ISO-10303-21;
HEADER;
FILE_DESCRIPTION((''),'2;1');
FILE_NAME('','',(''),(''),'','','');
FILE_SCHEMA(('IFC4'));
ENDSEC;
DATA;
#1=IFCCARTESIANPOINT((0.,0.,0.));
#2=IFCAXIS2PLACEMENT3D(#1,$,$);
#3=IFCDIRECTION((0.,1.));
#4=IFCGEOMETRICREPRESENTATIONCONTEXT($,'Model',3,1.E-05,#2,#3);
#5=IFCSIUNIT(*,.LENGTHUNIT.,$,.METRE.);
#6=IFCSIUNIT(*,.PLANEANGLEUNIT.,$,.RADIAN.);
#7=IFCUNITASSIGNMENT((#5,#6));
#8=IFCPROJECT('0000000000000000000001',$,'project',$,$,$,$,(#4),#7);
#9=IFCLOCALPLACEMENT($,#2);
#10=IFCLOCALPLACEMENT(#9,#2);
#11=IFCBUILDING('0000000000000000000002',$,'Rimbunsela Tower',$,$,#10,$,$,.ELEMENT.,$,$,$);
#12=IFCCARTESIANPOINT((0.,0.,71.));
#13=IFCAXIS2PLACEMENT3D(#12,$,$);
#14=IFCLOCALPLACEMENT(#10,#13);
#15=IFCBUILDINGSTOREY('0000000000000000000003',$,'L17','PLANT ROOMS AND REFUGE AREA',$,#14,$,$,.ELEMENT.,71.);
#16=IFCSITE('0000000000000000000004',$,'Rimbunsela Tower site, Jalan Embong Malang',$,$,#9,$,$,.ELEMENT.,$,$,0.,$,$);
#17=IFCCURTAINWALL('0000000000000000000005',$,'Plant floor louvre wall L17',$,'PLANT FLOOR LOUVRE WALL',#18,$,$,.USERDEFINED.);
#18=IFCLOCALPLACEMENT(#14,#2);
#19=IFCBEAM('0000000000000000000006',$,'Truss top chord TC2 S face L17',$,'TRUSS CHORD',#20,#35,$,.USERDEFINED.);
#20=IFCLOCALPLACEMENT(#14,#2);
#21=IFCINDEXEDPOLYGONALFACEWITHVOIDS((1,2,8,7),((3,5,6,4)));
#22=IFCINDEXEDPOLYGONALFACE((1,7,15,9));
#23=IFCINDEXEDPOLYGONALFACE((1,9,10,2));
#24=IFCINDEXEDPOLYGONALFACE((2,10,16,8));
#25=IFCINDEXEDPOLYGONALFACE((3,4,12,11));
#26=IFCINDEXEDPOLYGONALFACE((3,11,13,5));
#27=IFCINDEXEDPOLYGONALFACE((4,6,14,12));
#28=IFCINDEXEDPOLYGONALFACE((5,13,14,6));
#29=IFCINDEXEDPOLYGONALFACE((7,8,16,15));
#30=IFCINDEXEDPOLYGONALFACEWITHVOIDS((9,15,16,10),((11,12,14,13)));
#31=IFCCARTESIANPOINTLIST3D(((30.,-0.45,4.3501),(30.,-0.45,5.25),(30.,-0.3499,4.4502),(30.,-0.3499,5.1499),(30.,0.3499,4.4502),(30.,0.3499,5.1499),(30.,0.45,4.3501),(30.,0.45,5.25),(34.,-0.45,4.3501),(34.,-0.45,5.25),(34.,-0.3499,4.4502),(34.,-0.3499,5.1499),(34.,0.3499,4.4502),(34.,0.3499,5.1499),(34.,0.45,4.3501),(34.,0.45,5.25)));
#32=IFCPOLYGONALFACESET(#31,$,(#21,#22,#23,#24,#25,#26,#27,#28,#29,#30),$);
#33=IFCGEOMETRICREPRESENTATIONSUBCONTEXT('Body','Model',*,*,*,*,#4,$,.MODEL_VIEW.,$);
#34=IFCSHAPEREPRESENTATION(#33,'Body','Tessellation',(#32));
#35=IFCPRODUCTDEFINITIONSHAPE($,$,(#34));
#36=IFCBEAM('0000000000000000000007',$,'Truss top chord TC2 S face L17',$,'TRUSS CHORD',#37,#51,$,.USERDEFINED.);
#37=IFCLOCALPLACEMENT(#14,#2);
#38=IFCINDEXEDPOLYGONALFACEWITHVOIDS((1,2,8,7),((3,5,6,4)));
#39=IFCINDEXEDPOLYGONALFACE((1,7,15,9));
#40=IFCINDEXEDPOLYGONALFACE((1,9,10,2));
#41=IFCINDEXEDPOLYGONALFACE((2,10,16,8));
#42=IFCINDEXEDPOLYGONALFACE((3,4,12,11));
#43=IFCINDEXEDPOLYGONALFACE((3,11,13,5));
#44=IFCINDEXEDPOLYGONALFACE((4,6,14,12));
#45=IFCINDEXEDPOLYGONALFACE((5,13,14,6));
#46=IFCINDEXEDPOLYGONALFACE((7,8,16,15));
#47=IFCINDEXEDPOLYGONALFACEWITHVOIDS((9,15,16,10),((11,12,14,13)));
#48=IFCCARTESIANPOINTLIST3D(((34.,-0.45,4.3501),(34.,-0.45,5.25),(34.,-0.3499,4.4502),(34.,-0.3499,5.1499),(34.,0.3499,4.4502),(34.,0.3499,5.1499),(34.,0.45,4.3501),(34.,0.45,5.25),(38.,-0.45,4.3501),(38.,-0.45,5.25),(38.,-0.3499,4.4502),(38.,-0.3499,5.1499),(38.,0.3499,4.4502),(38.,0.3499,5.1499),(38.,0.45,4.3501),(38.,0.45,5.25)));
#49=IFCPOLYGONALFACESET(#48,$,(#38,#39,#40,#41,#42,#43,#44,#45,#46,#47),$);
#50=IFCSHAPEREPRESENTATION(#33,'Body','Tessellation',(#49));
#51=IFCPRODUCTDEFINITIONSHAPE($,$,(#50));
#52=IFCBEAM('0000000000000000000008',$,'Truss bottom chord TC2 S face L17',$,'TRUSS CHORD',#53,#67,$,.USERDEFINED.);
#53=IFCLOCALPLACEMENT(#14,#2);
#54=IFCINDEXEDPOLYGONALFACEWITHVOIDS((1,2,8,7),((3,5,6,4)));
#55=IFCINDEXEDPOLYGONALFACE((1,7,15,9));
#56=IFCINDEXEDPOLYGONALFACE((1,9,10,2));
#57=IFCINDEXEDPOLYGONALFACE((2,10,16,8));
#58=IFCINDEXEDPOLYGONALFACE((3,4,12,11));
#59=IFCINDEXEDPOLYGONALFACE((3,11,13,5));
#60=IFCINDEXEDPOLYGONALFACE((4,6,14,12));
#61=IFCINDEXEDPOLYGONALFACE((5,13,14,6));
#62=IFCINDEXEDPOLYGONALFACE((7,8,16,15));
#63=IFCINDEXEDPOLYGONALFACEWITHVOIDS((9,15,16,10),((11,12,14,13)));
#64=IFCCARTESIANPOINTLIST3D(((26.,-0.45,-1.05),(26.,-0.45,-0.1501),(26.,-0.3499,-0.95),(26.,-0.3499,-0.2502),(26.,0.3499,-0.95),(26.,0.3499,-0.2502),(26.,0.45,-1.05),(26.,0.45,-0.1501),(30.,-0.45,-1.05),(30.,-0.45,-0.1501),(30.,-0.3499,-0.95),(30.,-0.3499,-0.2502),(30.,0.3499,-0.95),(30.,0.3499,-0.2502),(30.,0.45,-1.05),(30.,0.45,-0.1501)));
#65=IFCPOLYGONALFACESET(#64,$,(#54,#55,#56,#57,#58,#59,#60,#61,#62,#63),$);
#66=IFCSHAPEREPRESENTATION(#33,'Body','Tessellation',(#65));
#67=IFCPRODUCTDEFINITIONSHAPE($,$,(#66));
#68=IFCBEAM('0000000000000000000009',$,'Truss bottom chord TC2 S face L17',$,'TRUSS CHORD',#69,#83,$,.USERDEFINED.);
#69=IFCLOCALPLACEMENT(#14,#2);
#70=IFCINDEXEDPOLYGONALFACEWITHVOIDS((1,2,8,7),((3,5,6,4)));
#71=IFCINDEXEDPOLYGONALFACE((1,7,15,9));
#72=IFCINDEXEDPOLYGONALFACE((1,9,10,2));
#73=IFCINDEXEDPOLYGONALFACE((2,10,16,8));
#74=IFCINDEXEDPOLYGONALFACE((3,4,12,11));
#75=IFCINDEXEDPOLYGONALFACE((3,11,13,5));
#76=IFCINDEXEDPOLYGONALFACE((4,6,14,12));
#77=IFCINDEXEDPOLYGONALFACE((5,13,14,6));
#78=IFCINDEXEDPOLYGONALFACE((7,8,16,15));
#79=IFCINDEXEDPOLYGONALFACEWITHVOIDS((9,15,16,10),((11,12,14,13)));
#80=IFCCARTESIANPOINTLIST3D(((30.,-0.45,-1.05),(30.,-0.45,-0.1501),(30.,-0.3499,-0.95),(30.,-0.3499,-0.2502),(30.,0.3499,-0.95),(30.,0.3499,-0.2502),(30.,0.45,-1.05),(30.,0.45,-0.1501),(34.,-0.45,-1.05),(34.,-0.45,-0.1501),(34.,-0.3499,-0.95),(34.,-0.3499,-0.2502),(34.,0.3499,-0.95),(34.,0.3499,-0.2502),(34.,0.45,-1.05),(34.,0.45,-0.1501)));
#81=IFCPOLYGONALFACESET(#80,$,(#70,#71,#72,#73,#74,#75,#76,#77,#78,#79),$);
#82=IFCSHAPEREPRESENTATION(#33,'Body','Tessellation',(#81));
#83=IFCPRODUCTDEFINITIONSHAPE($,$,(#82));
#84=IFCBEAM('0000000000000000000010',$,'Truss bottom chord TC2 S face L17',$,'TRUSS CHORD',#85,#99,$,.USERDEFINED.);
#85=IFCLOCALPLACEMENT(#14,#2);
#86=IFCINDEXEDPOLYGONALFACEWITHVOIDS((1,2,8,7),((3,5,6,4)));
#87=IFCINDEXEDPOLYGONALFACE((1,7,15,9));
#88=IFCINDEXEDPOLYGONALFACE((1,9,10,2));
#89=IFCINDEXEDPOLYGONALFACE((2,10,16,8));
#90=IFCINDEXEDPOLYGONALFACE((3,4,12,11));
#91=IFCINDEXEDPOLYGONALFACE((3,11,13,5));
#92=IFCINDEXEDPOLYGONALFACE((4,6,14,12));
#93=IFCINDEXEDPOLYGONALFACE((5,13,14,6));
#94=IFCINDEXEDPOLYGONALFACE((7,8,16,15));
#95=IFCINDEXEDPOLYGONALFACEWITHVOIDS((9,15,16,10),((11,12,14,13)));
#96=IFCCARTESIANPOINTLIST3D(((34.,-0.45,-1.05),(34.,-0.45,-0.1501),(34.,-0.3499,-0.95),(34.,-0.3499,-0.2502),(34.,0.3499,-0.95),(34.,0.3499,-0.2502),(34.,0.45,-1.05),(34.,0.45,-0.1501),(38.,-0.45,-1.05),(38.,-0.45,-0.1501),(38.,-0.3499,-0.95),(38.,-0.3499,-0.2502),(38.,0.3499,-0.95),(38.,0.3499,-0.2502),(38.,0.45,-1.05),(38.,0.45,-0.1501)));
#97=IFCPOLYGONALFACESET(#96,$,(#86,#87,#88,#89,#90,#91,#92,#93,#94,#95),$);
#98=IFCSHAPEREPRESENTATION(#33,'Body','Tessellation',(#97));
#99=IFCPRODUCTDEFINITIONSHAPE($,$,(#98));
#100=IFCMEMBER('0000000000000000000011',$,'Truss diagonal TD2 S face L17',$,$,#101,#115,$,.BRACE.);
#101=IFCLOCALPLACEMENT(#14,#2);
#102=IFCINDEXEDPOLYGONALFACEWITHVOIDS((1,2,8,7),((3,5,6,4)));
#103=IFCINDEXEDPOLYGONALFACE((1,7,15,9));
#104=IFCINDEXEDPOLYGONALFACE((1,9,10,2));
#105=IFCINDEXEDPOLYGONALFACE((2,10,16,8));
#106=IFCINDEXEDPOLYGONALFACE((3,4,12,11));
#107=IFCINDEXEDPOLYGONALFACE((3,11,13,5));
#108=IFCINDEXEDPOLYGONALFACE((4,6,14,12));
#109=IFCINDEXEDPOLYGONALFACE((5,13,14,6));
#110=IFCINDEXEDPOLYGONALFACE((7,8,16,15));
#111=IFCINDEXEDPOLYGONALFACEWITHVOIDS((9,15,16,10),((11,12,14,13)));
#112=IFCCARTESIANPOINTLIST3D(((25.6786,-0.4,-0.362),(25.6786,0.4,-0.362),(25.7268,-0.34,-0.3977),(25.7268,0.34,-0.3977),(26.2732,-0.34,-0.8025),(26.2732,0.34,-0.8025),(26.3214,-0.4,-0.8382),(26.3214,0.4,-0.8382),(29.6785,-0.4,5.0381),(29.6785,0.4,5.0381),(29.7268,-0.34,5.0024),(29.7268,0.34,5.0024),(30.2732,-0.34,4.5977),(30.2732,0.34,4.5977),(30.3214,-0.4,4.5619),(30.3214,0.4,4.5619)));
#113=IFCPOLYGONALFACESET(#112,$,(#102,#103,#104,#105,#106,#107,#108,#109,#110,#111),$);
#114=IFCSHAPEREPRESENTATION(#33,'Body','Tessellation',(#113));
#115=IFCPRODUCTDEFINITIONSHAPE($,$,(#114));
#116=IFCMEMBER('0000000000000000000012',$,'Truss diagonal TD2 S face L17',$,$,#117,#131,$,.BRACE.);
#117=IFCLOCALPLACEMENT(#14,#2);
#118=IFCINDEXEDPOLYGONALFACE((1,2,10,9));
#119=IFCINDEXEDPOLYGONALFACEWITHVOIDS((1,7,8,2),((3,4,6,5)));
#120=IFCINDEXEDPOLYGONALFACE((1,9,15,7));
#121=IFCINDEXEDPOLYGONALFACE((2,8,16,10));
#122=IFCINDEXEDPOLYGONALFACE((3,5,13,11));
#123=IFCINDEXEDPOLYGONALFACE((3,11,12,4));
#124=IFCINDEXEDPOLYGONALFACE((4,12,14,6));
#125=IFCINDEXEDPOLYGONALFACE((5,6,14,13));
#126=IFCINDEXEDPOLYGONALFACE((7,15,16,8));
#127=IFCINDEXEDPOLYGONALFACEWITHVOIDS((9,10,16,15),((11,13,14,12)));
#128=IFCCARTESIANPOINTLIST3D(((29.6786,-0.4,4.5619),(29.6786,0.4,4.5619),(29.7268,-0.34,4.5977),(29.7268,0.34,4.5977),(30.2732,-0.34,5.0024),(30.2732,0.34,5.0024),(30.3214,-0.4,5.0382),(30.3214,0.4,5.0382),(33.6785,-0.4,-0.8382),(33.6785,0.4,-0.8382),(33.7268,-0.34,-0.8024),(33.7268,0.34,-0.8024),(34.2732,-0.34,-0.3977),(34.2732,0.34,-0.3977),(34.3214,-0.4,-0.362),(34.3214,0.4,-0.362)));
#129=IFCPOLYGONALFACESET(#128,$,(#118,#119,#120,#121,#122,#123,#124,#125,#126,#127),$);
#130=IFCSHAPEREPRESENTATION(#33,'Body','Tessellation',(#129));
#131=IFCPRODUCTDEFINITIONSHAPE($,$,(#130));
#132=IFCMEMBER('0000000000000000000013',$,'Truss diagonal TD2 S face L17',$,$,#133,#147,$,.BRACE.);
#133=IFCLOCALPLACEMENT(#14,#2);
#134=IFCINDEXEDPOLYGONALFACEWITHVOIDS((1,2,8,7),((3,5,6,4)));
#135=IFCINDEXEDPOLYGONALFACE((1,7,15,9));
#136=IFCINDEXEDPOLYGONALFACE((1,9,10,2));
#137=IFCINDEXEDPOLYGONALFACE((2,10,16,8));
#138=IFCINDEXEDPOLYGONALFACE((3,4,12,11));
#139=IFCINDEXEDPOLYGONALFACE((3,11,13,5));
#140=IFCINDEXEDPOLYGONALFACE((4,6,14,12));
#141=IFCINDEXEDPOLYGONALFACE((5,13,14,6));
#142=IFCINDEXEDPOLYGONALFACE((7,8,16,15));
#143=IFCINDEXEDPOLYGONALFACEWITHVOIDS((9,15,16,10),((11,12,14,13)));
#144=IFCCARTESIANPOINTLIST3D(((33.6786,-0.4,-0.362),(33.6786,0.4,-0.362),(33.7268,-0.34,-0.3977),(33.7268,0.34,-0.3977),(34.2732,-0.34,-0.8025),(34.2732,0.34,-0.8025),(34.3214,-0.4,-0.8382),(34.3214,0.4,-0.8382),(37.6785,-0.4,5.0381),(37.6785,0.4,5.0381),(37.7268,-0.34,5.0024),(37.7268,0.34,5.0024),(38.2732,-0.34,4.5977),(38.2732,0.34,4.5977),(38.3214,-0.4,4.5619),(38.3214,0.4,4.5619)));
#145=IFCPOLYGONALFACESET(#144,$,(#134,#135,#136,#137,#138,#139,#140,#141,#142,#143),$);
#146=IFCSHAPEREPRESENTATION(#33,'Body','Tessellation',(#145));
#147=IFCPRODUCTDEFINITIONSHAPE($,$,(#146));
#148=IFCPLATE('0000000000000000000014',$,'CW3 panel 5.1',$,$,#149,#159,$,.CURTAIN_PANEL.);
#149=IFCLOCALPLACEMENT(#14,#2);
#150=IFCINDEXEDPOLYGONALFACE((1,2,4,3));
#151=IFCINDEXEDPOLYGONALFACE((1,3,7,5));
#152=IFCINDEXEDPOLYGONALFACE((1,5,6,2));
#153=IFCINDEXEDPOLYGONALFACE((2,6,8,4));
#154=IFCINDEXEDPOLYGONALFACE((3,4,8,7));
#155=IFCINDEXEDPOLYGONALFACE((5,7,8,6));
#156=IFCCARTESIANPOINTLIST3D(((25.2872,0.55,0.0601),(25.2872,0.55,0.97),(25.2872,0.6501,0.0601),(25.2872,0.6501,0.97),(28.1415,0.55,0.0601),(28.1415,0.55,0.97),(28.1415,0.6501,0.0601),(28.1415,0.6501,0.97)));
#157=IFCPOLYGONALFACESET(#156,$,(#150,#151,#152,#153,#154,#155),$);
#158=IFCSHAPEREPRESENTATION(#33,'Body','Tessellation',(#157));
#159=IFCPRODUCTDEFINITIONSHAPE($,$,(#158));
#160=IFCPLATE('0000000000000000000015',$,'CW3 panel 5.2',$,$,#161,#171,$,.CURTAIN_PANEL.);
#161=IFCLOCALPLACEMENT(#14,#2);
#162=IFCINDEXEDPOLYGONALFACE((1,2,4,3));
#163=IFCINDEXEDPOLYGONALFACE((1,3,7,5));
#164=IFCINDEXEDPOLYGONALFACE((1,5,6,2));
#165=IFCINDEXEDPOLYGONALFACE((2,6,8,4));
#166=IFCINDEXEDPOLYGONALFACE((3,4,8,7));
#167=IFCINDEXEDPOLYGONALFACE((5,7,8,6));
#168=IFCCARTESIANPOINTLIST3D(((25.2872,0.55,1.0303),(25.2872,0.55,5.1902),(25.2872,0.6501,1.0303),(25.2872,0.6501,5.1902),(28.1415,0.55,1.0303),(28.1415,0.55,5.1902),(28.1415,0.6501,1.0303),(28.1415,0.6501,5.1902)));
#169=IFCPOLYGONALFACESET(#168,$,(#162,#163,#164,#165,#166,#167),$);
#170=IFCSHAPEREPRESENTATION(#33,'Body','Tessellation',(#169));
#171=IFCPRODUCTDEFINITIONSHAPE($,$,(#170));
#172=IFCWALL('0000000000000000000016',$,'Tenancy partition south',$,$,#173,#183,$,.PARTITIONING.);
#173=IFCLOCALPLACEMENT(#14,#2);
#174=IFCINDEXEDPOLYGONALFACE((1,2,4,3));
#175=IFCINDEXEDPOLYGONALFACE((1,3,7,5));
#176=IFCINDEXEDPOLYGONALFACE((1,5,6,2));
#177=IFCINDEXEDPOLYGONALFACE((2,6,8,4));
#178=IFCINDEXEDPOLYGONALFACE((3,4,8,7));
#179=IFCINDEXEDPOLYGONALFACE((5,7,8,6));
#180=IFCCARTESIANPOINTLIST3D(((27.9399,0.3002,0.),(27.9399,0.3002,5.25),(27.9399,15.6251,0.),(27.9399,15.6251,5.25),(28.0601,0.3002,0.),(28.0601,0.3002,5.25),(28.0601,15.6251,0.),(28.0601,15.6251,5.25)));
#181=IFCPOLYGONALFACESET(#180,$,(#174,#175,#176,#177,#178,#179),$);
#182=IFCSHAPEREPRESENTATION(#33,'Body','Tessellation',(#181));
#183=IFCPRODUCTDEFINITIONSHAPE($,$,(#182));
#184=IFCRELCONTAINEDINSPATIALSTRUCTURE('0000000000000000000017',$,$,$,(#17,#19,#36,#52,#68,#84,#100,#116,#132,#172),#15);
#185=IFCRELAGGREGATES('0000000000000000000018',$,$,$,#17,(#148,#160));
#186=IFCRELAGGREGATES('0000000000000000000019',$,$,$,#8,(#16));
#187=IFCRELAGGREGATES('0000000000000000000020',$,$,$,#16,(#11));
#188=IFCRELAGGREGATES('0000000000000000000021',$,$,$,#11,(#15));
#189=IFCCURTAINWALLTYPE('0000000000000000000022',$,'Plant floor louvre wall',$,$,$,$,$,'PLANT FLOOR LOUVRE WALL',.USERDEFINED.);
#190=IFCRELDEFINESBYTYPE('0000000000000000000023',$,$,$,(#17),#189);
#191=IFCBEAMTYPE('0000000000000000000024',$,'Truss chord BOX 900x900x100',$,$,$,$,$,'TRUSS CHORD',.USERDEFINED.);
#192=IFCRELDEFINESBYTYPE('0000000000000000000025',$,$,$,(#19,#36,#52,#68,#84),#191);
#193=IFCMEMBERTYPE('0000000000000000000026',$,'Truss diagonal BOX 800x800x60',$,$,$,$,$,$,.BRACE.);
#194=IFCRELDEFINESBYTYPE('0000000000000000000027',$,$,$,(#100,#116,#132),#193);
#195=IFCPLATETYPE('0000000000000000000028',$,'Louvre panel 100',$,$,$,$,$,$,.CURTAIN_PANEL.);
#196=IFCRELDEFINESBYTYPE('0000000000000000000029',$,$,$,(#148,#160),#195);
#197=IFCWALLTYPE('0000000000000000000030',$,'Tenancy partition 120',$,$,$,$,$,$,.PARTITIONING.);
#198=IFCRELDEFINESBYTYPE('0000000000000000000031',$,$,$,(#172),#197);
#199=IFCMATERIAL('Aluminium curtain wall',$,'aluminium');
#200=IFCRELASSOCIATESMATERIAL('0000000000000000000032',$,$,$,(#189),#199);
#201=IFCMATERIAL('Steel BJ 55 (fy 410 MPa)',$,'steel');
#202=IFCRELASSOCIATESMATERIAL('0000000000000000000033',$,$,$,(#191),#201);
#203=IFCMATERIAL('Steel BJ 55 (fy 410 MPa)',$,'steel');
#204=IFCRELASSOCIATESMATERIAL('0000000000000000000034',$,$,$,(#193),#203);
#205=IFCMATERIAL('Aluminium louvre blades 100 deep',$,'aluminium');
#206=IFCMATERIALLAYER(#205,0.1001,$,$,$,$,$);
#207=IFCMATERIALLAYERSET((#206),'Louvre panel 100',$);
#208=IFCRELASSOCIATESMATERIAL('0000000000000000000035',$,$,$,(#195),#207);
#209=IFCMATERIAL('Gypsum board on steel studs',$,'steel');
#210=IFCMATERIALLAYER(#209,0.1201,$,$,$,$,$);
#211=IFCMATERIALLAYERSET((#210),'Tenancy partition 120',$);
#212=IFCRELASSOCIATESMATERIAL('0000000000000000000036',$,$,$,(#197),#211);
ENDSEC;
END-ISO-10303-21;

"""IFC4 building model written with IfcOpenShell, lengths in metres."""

from ifc_helpers import new_model, si_unit, direction, frame, frame_2d, origin, origin_2d, place, context, subcontext, project, spatial, rectangle, hollow_rectangle, extrude, material, layer, layer_set, material_profile, profile_set, type_object, element, aggregate, save


model = new_model("IFC4")

# Units and contexts
model_context = context("Model", 3, precision=1e-05, world=origin(), true_north=direction((0.0, 1.0)))
body_context = subcontext(model_context, "Body", "Model", "MODEL_VIEW")
ifc_project = project(units=[si_unit("LENGTHUNIT", "METRE"), si_unit("PLANEANGLEUNIT", "RADIAN")], contexts=[model_context])

# Site, building, storey
site_placement = place(None, origin())
site = spatial("IfcSite", under=ifc_project, at=site_placement, Name="Rimbunsela Tower site, Jalan Embong Malang", CompositionType="ELEMENT", RefElevation=0.0)
building_placement = place(site_placement, origin())
building = spatial("IfcBuilding", under=site, at=building_placement, Name="Rimbunsela Tower", CompositionType="ELEMENT")
storey_placement = place(building_placement, frame((0.0, 0.0, 71.0)))
storey = spatial("IfcBuildingStorey", under=building, at=storey_placement, Name="L17", Description="PLANT ROOMS AND REFUGE AREA", CompositionType="ELEMENT", Elevation=71.0)

# Curtain wall
ifc_material_1 = material(Name="Aluminium curtain wall", Category="aluminium")
curtain_wall_type = type_object("IfcCurtainWallType", Name="Plant floor louvre wall", ElementType="PLANT FLOOR LOUVRE WALL", PredefinedType="USERDEFINED", material=ifc_material_1)
curtain_wall_placement = place(storey_placement, origin())
curtain_wall = element("IfcCurtainWall", 1, at=curtain_wall_placement, inside=storey, type_object=curtain_wall_type, Name="Plant floor louvre wall L17", ObjectType="PLANT FLOOR LOUVRE WALL", PredefinedType="USERDEFINED")

# Beams
ifc_material_2 = material(Name="Steel BJ 55 (fy 410 MPa)", Category="steel")
ifc_material_profile_1 = material_profile(ifc_material_2, hollow_rectangle(XDim=0.8999, YDim=0.8999, WallThickness=0.1001, at=origin_2d()), Name="BOX 900x900x100")
ifc_profile_set_1 = profile_set([ifc_material_profile_1], Name="Steel BJ 55 (fy 410 MPa)")
beam_type_1 = type_object("IfcBeamType", Name="Truss chord BOX 900x900x100", ElementType="TRUSS CHORD", PredefinedType="USERDEFINED", material=ifc_profile_set_1)
for number, where, z_axis, x_axis, name in (
    (2, (30.0, 0.0, 4.8), (1.0, 0.0, 0.0), (0.0, 1.0, 0.0), "Truss top chord TC2 S face L17"),
    (3, (34.0, 0.0, 4.8), (1.0, 0.0, 0.0), (0.0, 1.0, 0.0), "Truss top chord TC2 S face L17"),
    (4, (26.0, 0.0, -0.6001), (1.0, 0.0, 0.0), (0.0, 1.0, 0.0), "Truss bottom chord TC2 S face L17"),
    (5, (30.0, 0.0, -0.6001), (1.0, 0.0, 0.0), (0.0, 1.0, 0.0), "Truss bottom chord TC2 S face L17"),
    (6, (34.0, 0.0, -0.6001), (1.0, 0.0, 0.0), (0.0, 1.0, 0.0), "Truss bottom chord TC2 S face L17"),
):
    element("IfcBeam", number, at=place(storey_placement, frame(where, z_axis=z_axis, x_axis=x_axis)), inside=storey, type_object=beam_type_1, Name=name, ObjectType="TRUSS CHORD", PredefinedType="USERDEFINED", context=body_context, shape_type="SweptSolid", body=[
        extrude(hollow_rectangle(XDim=0.8999, YDim=0.8999, WallThickness=0.1001, at=origin_2d()), origin(), (0.0, 0.0, 1.0), 4.0),
    ])

# Members
ifc_material_3 = material(Name="Steel BJ 55 (fy 410 MPa)", Category="steel")
ifc_material_profile_2 = material_profile(ifc_material_3, hollow_rectangle(XDim=0.8, YDim=0.8, WallThickness=0.0601, at=origin_2d()), Name="BOX 800x800x60")
ifc_profile_set_2 = profile_set([ifc_material_profile_2], Name="Steel BJ 55 (fy 410 MPa)")
member_type_1 = type_object("IfcMemberType", Name="Truss diagonal BOX 800x800x60", PredefinedType="BRACE", material=ifc_profile_set_2)
for number, where, z_axis, x_axis, name in (
    (7, (26.0, 0.0, -0.6001), (0.595217, 0.0, 0.803565), (0.0, 1.0, 0.0), "Truss diagonal TD2 S face L17"),
    (8, (30.0, 0.0, 4.8), (0.595217, 0.0, -0.803565), (0.0, 1.0, 0.0), "Truss diagonal TD2 S face L17"),
    (9, (34.0, 0.0, -0.6001), (0.595217, 0.0, 0.803565), (0.0, 1.0, 0.0), "Truss diagonal TD2 S face L17"),
):
    element("IfcMember", number, at=place(storey_placement, frame(where, z_axis=z_axis, x_axis=x_axis)), inside=storey, type_object=member_type_1, Name=name, PredefinedType="BRACE", context=body_context, shape_type="SweptSolid", body=[
        extrude(hollow_rectangle(XDim=0.8, YDim=0.8, WallThickness=0.0601, at=origin_2d()), origin(), (0.0, 0.0, 1.0), 6.7202),
    ])

# Plates
ifc_material_4 = material(Name="Aluminium louvre blades 100 deep", Category="aluminium")
ifc_layer_1 = layer(ifc_material_4, 0.1001)
ifc_layer_set_1 = layer_set([ifc_layer_1], Name="Louvre panel 100")
plate_type = type_object("IfcPlateType", Name="Louvre panel 100", PredefinedType="CURTAIN_PANEL", material=ifc_layer_set_1)
plate_1_placement = place(storey_placement, frame((26.7144, 0.6001, 0.0601), z_axis=(0.0, 0.0, 1.0), x_axis=(1.0, 0.0, 0.0)))
plate_1 = element("IfcPlate", 10, at=plate_1_placement, type_object=plate_type, Name="CW3 panel 5.1", PredefinedType="CURTAIN_PANEL", context=body_context, shape_type="SweptSolid", body=[
    extrude(rectangle(XDim=2.8542, YDim=0.1001, at=origin_2d()), origin(), (0.0, 0.0, 1.0), 0.9099),
])
plate_2_placement = place(storey_placement, frame((26.7144, 0.6001, 1.0303), z_axis=(0.0, 0.0, 1.0), x_axis=(1.0, 0.0, 0.0)))
plate_2 = element("IfcPlate", 11, at=plate_2_placement, type_object=plate_type, Name="CW3 panel 5.2", PredefinedType="CURTAIN_PANEL", context=body_context, shape_type="SweptSolid", body=[
    extrude(rectangle(XDim=2.8542, YDim=0.1001, at=origin_2d()), origin(), (0.0, 0.0, 1.0), 4.1599),
])
aggregate(curtain_wall, [plate_1, plate_2])

# Wall
ifc_material_5 = material(Name="Gypsum board on steel studs", Category="steel")
ifc_layer_2 = layer(ifc_material_5, 0.1201)
ifc_layer_set_2 = layer_set([ifc_layer_2], Name="Tenancy partition 120")
wall_type = type_object("IfcWallType", Name="Tenancy partition 120", PredefinedType="PARTITIONING", material=ifc_layer_set_2)
wall_placement = place(storey_placement, frame((28.0, 0.3, 0.0), z_axis=(0.0, 0.0, 1.0), x_axis=(0.0, 1.0, 0.0)))
element("IfcWall", 12, at=wall_placement, inside=storey, type_object=wall_type, Name="Tenancy partition south", PredefinedType="PARTITIONING", context=body_context, shape_type="SweptSolid", body=[
    extrude(rectangle(XDim=15.325, YDim=0.1201, at=frame_2d((7.6626, 0.0))), origin(), (0.0, 0.0, 1.0), 5.25),
])

save(model, "model.ifc")
